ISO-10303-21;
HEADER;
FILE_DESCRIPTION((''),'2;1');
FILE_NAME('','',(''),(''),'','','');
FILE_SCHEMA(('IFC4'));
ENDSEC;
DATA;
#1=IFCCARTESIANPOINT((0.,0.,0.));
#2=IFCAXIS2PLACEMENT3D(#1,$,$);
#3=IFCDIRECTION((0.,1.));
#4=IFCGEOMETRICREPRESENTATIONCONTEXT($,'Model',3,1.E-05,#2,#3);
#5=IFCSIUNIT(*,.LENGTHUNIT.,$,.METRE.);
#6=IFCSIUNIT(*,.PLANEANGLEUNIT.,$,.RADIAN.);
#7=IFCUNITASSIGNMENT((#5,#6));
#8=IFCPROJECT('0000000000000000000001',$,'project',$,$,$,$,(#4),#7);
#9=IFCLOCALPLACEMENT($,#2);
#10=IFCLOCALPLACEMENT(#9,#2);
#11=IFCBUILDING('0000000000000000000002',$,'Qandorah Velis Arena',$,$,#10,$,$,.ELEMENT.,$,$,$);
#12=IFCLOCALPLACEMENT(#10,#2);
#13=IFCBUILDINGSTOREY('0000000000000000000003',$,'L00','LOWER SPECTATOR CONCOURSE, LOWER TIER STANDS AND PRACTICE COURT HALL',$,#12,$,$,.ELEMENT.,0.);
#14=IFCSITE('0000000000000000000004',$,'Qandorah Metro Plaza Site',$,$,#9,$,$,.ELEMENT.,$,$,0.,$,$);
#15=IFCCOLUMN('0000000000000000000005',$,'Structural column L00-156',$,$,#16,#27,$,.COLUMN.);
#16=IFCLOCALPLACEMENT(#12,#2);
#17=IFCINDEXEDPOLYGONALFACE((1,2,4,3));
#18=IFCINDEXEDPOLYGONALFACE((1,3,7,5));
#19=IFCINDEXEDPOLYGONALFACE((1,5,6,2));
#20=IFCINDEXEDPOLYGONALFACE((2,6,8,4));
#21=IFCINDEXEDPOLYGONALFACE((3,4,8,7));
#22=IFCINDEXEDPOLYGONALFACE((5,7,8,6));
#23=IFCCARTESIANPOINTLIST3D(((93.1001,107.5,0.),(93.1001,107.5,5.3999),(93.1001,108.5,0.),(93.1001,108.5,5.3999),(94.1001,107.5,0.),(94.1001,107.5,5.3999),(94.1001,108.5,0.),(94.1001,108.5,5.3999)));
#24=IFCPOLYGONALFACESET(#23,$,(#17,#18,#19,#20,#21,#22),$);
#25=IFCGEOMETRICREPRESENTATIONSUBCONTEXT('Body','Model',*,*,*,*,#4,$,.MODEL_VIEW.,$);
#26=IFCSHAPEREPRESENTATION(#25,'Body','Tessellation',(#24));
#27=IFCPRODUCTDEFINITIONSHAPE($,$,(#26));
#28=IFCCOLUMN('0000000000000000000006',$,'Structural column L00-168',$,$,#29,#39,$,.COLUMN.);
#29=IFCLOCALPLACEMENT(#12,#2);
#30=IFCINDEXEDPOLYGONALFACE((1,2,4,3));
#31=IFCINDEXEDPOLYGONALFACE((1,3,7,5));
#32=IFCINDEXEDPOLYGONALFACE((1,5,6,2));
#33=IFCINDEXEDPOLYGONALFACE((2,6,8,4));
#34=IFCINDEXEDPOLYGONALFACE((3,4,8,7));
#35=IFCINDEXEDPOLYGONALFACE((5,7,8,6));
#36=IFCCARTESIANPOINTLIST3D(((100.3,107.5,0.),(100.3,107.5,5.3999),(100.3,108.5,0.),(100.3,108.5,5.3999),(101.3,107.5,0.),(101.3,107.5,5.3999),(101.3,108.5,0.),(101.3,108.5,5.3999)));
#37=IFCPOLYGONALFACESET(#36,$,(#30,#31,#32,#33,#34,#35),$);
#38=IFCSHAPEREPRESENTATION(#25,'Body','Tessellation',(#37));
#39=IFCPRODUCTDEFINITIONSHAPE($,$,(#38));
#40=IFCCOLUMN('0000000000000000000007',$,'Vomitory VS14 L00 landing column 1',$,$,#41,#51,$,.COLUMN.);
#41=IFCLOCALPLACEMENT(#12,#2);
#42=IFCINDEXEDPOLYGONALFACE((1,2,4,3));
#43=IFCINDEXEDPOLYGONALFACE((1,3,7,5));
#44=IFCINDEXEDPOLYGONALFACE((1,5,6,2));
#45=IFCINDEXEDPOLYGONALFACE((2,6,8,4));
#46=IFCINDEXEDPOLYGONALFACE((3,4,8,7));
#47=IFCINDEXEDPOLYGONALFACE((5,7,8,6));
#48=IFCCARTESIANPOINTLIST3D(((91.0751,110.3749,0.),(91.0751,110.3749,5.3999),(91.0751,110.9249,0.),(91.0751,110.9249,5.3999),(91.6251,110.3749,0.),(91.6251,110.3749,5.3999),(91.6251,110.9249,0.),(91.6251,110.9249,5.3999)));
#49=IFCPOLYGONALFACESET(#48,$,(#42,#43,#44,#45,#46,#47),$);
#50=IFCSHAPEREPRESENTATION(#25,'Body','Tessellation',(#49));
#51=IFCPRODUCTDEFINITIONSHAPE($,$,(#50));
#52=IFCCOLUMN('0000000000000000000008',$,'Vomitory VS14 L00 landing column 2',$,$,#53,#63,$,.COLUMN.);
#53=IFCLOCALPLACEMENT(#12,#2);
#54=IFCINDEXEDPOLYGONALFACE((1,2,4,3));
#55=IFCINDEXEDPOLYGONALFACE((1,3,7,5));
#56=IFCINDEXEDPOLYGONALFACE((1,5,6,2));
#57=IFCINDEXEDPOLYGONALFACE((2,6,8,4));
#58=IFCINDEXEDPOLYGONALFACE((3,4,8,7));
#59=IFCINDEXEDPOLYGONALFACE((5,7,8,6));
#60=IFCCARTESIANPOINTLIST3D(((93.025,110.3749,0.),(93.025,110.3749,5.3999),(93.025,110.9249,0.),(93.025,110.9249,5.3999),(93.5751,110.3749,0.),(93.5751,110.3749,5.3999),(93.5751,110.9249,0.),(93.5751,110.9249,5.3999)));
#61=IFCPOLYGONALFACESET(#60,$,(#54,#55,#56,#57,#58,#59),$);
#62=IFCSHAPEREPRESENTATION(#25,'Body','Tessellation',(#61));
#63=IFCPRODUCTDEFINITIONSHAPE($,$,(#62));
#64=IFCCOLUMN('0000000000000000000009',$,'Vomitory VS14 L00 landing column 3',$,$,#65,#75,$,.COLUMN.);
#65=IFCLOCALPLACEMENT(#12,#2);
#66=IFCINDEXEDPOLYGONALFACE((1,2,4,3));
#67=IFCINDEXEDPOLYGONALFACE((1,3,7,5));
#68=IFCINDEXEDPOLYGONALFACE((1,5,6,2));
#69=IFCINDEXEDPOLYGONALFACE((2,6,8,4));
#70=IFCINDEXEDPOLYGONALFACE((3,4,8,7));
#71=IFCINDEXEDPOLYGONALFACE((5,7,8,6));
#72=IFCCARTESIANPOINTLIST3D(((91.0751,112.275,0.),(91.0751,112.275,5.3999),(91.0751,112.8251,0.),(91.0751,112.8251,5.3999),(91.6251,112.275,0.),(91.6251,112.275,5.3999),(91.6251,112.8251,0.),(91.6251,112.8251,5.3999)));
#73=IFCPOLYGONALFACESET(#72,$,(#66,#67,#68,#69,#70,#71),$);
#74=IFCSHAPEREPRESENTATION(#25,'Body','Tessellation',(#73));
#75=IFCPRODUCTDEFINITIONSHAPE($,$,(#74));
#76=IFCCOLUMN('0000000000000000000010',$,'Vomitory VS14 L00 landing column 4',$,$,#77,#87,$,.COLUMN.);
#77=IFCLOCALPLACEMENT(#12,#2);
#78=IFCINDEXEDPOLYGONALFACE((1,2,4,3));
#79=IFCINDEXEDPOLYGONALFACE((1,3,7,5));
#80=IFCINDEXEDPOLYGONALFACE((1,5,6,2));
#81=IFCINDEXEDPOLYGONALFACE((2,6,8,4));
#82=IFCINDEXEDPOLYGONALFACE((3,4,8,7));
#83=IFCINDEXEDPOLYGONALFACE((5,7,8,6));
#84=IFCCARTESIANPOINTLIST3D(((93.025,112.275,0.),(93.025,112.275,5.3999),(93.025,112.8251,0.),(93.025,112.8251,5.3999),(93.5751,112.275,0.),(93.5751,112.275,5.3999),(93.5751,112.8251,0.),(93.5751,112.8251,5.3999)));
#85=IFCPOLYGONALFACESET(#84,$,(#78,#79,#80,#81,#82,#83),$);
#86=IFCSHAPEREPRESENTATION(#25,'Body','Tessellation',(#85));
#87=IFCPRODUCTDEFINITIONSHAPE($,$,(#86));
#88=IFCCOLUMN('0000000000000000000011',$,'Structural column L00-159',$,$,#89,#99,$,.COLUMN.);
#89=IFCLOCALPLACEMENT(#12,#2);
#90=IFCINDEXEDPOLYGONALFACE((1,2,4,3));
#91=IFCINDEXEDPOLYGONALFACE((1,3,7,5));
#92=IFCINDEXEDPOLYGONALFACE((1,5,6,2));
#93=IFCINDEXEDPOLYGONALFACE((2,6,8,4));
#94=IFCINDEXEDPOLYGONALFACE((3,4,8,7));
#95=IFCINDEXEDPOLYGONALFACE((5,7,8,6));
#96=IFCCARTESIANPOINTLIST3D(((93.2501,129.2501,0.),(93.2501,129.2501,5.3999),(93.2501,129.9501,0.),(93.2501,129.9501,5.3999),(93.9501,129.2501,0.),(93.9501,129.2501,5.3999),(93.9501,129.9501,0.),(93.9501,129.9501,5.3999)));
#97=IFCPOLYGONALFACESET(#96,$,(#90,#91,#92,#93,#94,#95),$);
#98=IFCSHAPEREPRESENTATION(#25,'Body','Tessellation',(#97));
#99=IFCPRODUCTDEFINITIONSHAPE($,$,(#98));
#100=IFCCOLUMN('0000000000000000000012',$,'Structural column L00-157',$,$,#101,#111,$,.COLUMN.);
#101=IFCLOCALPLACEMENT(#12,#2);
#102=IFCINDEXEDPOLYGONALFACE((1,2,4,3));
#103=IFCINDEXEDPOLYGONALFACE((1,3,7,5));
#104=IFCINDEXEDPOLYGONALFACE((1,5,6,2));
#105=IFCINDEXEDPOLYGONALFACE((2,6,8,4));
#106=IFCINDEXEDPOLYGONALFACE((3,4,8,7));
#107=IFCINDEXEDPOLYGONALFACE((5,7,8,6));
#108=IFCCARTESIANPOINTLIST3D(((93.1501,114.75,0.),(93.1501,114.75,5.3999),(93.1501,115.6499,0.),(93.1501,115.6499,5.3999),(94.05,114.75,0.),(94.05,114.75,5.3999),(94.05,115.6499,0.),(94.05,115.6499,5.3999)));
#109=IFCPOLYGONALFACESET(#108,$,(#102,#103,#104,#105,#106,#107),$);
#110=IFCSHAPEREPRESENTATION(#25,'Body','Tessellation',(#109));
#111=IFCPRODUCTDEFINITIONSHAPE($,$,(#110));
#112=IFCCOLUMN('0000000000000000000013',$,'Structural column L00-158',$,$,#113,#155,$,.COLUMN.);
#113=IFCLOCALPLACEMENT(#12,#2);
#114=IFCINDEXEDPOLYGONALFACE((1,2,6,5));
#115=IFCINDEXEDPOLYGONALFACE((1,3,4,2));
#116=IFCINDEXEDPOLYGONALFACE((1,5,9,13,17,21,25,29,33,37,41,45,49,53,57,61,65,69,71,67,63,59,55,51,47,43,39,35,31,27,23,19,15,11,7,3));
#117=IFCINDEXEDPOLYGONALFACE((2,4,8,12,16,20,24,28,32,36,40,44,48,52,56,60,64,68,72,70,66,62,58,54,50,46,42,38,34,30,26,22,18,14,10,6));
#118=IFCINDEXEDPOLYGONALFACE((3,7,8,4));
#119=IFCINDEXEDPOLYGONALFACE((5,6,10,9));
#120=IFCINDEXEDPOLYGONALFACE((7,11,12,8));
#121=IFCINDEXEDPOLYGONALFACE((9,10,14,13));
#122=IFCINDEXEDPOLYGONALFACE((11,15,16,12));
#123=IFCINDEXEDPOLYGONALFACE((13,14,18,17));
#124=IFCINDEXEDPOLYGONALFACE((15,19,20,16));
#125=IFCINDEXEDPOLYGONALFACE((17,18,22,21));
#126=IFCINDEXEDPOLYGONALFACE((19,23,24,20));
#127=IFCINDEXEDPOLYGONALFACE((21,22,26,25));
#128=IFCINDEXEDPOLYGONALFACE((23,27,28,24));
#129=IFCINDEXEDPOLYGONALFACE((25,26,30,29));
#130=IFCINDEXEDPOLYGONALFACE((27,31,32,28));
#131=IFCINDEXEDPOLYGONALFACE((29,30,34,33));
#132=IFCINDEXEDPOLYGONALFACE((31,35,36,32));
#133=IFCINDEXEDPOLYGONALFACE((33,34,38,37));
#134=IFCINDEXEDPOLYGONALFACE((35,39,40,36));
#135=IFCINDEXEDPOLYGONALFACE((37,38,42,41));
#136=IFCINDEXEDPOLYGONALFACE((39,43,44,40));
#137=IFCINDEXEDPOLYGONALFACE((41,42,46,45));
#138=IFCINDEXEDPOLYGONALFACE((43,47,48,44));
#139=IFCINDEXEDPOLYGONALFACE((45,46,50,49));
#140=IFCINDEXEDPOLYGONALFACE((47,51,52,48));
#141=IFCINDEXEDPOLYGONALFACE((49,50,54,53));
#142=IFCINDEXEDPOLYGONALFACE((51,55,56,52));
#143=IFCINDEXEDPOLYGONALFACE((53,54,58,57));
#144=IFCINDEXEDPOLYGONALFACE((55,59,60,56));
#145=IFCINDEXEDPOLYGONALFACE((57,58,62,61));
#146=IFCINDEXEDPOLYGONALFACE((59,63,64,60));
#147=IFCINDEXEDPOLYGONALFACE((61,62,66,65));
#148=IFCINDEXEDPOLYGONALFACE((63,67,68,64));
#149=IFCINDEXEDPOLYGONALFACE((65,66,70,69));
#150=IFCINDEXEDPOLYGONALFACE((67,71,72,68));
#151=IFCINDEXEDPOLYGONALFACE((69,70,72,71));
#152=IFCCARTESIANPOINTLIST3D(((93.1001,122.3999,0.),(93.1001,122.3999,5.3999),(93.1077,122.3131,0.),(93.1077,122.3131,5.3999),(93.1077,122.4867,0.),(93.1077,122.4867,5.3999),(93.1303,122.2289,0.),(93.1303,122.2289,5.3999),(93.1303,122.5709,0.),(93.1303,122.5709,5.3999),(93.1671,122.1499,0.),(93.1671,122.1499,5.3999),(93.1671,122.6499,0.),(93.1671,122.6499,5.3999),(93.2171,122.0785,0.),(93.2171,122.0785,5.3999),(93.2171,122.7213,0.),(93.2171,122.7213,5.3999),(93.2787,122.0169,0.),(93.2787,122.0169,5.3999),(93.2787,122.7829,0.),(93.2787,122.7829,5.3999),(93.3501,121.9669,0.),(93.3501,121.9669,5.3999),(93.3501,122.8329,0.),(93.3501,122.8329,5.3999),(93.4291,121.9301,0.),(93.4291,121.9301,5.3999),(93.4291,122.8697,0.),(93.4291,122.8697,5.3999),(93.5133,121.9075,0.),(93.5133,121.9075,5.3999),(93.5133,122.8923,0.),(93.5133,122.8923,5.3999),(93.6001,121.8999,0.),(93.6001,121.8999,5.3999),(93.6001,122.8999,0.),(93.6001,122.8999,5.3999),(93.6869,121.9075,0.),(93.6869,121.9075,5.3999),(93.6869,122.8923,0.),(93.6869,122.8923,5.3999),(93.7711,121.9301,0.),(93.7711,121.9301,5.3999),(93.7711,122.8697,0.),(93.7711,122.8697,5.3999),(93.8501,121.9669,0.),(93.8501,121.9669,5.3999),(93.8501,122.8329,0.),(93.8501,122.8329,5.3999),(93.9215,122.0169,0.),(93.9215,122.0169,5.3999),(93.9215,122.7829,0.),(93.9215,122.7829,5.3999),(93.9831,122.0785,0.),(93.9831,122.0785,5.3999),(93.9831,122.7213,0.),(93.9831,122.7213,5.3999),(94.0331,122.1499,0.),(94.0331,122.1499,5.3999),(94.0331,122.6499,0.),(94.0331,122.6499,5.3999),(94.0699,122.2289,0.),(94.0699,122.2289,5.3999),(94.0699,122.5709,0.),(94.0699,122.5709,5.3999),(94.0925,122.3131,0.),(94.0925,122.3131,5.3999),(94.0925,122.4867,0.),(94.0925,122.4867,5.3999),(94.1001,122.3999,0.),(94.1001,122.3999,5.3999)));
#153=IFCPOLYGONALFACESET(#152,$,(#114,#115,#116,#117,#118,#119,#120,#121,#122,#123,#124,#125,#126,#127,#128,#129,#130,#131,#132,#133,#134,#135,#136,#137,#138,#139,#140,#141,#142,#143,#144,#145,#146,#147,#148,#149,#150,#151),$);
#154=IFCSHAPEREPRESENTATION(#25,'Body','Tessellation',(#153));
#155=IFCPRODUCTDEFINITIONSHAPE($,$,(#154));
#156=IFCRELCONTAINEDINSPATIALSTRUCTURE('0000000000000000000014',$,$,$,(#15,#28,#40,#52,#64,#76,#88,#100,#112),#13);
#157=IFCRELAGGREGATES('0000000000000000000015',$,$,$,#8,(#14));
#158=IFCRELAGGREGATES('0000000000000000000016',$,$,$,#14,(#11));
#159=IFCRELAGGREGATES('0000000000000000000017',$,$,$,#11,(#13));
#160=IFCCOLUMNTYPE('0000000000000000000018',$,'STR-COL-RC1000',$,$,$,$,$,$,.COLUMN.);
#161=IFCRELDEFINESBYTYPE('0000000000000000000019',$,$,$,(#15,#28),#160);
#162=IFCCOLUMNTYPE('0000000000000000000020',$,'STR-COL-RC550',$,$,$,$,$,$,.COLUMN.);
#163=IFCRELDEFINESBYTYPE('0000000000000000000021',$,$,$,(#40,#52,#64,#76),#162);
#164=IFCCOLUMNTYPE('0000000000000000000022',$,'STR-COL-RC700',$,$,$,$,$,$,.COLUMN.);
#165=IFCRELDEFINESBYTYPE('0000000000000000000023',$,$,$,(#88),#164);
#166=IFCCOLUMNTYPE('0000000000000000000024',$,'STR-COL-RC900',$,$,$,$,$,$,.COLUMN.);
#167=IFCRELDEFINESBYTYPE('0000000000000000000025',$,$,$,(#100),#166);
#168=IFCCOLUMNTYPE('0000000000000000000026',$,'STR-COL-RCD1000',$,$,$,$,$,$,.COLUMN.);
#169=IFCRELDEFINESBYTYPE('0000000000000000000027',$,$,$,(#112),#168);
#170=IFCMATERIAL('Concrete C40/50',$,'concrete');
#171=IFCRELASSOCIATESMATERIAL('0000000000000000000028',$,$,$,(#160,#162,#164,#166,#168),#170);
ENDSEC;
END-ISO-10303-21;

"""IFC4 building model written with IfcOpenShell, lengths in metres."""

from ifc_helpers import new_model, si_unit, direction, frame, origin, origin_2d, place, context, subcontext, project, spatial, rectangle, circle, extrude, material, material_profile, profile_set, type_object, element, save


model = new_model("IFC4")

# Units and contexts
model_context = context("Model", 3, precision=1e-05, world=origin(), true_north=direction((0.0, 1.0)))
body_context = subcontext(model_context, "Body", "Model", "MODEL_VIEW")
ifc_project = project(units=[si_unit("LENGTHUNIT", "METRE"), si_unit("PLANEANGLEUNIT", "RADIAN")], contexts=[model_context])

# Site, building, storey
site_placement = place(None, origin())
site = spatial("IfcSite", under=ifc_project, at=site_placement, Name="Qandorah Metro Plaza Site", CompositionType="ELEMENT", RefElevation=0.0)
building_placement = place(site_placement, origin())
building = spatial("IfcBuilding", under=site, at=building_placement, Name="Qandorah Velis Arena", CompositionType="ELEMENT")
storey_placement = place(building_placement, origin())
storey = spatial("IfcBuildingStorey", under=building, at=storey_placement, Name="L00", Description="LOWER SPECTATOR CONCOURSE, LOWER TIER STANDS AND PRACTICE COURT HALL", CompositionType="ELEMENT", Elevation=0.0)

# Columns
ifc_material_1 = material(Name="Concrete C40/50", Category="concrete")
ifc_material_profile_1 = material_profile(ifc_material_1, rectangle(XDim=1.0, YDim=1.0, at=origin_2d()), Name="RC COL 1000x1000")
ifc_profile_set_1 = profile_set([ifc_material_profile_1], Name="Concrete C40/50")
column_type_1 = type_object("IfcColumnType", Name="STR-COL-RC1000", PredefinedType="COLUMN", material=ifc_profile_set_1)
for number, where, z_axis, x_axis, name in (
    (1, (93.6001, 108.0, 0.0), (0.0, 0.0, 1.0), (1.0, 0.0, 0.0), "Structural column L00-156"),
    (2, (100.8, 108.0, 0.0), (0.0, 0.0, 1.0), (1.0, 0.0, 0.0), "Structural column L00-168"),
):
    element("IfcColumn", number, at=place(storey_placement, frame(where, z_axis=z_axis, x_axis=x_axis)), inside=storey, type_object=column_type_1, Name=name, PredefinedType="COLUMN", context=body_context, shape_type="SweptSolid", body=[
        extrude(rectangle(XDim=1.0, YDim=1.0, at=origin_2d()), origin(), (0.0, 0.0, 1.0), 5.3999),
    ])
ifc_material_profile_2 = material_profile(ifc_material_1, rectangle(XDim=0.55, YDim=0.55, at=origin_2d()), Name="RC COL 550x550")
ifc_profile_set_2 = profile_set([ifc_material_profile_2], Name="Concrete C40/50")
column_type_2 = type_object("IfcColumnType", Name="STR-COL-RC550", PredefinedType="COLUMN", material=ifc_profile_set_2)
for number, where, z_axis, x_axis, name in (
    (3, (91.3501, 110.6499, 0.0), (0.0, 0.0, 1.0), (1.0, 0.0, 0.0), "Vomitory VS14 L00 landing column 1"),
    (4, (93.3, 110.6499, 0.0), (0.0, 0.0, 1.0), (1.0, 0.0, 0.0), "Vomitory VS14 L00 landing column 2"),
    (5, (91.3501, 112.55, 0.0), (0.0, 0.0, 1.0), (1.0, 0.0, 0.0), "Vomitory VS14 L00 landing column 3"),
    (6, (93.3, 112.55, 0.0), (0.0, 0.0, 1.0), (1.0, 0.0, 0.0), "Vomitory VS14 L00 landing column 4"),
):
    element("IfcColumn", number, at=place(storey_placement, frame(where, z_axis=z_axis, x_axis=x_axis)), inside=storey, type_object=column_type_2, Name=name, PredefinedType="COLUMN", context=body_context, shape_type="SweptSolid", body=[
        extrude(rectangle(XDim=0.55, YDim=0.55, at=origin_2d()), origin(), (0.0, 0.0, 1.0), 5.3999),
    ])
ifc_material_profile_3 = material_profile(ifc_material_1, rectangle(XDim=0.7, YDim=0.7, at=origin_2d()), Name="RC COL 700x700")
ifc_profile_set_3 = profile_set([ifc_material_profile_3], Name="Concrete C40/50")
column_type_3 = type_object("IfcColumnType", Name="STR-COL-RC700", PredefinedType="COLUMN", material=ifc_profile_set_3)
column_1_placement = place(storey_placement, frame((93.6001, 129.6001, 0.0), z_axis=(0.0, 0.0, 1.0), x_axis=(1.0, 0.0, 0.0)))
element("IfcColumn", 7, at=column_1_placement, inside=storey, type_object=column_type_3, Name="Structural column L00-159", PredefinedType="COLUMN", context=body_context, shape_type="SweptSolid", body=[
    extrude(rectangle(XDim=0.7, YDim=0.7, at=origin_2d()), origin(), (0.0, 0.0, 1.0), 5.3999),
])
ifc_material_profile_4 = material_profile(ifc_material_1, rectangle(XDim=0.8999, YDim=0.8999, at=origin_2d()), Name="RC COL 900x900")
ifc_profile_set_4 = profile_set([ifc_material_profile_4], Name="Concrete C40/50")
column_type_4 = type_object("IfcColumnType", Name="STR-COL-RC900", PredefinedType="COLUMN", material=ifc_profile_set_4)
column_2_placement = place(storey_placement, frame((93.6001, 115.2, 0.0), z_axis=(0.0, 0.0, 1.0), x_axis=(1.0, 0.0, 0.0)))
element("IfcColumn", 8, at=column_2_placement, inside=storey, type_object=column_type_4, Name="Structural column L00-157", PredefinedType="COLUMN", context=body_context, shape_type="SweptSolid", body=[
    extrude(rectangle(XDim=0.8999, YDim=0.8999, at=origin_2d()), origin(), (0.0, 0.0, 1.0), 5.3999),
])
ifc_material_profile_5 = material_profile(ifc_material_1, circle(Radius=0.5, at=origin_2d()), Name="RC D1000")
ifc_profile_set_5 = profile_set([ifc_material_profile_5], Name="Concrete C40/50")
column_type_5 = type_object("IfcColumnType", Name="STR-COL-RCD1000", PredefinedType="COLUMN", material=ifc_profile_set_5)
column_3_placement = place(storey_placement, frame((93.6001, 122.3999, 0.0), z_axis=(0.0, 0.0, 1.0), x_axis=(1.0, 0.0, 0.0)))
element("IfcColumn", 9, at=column_3_placement, inside=storey, type_object=column_type_5, Name="Structural column L00-158", PredefinedType="COLUMN", context=body_context, shape_type="SweptSolid", body=[
    extrude(circle(Radius=0.5, at=origin_2d()), origin(), (0.0, 0.0, 1.0), 5.3999),
])

save(model, "model.ifc")
